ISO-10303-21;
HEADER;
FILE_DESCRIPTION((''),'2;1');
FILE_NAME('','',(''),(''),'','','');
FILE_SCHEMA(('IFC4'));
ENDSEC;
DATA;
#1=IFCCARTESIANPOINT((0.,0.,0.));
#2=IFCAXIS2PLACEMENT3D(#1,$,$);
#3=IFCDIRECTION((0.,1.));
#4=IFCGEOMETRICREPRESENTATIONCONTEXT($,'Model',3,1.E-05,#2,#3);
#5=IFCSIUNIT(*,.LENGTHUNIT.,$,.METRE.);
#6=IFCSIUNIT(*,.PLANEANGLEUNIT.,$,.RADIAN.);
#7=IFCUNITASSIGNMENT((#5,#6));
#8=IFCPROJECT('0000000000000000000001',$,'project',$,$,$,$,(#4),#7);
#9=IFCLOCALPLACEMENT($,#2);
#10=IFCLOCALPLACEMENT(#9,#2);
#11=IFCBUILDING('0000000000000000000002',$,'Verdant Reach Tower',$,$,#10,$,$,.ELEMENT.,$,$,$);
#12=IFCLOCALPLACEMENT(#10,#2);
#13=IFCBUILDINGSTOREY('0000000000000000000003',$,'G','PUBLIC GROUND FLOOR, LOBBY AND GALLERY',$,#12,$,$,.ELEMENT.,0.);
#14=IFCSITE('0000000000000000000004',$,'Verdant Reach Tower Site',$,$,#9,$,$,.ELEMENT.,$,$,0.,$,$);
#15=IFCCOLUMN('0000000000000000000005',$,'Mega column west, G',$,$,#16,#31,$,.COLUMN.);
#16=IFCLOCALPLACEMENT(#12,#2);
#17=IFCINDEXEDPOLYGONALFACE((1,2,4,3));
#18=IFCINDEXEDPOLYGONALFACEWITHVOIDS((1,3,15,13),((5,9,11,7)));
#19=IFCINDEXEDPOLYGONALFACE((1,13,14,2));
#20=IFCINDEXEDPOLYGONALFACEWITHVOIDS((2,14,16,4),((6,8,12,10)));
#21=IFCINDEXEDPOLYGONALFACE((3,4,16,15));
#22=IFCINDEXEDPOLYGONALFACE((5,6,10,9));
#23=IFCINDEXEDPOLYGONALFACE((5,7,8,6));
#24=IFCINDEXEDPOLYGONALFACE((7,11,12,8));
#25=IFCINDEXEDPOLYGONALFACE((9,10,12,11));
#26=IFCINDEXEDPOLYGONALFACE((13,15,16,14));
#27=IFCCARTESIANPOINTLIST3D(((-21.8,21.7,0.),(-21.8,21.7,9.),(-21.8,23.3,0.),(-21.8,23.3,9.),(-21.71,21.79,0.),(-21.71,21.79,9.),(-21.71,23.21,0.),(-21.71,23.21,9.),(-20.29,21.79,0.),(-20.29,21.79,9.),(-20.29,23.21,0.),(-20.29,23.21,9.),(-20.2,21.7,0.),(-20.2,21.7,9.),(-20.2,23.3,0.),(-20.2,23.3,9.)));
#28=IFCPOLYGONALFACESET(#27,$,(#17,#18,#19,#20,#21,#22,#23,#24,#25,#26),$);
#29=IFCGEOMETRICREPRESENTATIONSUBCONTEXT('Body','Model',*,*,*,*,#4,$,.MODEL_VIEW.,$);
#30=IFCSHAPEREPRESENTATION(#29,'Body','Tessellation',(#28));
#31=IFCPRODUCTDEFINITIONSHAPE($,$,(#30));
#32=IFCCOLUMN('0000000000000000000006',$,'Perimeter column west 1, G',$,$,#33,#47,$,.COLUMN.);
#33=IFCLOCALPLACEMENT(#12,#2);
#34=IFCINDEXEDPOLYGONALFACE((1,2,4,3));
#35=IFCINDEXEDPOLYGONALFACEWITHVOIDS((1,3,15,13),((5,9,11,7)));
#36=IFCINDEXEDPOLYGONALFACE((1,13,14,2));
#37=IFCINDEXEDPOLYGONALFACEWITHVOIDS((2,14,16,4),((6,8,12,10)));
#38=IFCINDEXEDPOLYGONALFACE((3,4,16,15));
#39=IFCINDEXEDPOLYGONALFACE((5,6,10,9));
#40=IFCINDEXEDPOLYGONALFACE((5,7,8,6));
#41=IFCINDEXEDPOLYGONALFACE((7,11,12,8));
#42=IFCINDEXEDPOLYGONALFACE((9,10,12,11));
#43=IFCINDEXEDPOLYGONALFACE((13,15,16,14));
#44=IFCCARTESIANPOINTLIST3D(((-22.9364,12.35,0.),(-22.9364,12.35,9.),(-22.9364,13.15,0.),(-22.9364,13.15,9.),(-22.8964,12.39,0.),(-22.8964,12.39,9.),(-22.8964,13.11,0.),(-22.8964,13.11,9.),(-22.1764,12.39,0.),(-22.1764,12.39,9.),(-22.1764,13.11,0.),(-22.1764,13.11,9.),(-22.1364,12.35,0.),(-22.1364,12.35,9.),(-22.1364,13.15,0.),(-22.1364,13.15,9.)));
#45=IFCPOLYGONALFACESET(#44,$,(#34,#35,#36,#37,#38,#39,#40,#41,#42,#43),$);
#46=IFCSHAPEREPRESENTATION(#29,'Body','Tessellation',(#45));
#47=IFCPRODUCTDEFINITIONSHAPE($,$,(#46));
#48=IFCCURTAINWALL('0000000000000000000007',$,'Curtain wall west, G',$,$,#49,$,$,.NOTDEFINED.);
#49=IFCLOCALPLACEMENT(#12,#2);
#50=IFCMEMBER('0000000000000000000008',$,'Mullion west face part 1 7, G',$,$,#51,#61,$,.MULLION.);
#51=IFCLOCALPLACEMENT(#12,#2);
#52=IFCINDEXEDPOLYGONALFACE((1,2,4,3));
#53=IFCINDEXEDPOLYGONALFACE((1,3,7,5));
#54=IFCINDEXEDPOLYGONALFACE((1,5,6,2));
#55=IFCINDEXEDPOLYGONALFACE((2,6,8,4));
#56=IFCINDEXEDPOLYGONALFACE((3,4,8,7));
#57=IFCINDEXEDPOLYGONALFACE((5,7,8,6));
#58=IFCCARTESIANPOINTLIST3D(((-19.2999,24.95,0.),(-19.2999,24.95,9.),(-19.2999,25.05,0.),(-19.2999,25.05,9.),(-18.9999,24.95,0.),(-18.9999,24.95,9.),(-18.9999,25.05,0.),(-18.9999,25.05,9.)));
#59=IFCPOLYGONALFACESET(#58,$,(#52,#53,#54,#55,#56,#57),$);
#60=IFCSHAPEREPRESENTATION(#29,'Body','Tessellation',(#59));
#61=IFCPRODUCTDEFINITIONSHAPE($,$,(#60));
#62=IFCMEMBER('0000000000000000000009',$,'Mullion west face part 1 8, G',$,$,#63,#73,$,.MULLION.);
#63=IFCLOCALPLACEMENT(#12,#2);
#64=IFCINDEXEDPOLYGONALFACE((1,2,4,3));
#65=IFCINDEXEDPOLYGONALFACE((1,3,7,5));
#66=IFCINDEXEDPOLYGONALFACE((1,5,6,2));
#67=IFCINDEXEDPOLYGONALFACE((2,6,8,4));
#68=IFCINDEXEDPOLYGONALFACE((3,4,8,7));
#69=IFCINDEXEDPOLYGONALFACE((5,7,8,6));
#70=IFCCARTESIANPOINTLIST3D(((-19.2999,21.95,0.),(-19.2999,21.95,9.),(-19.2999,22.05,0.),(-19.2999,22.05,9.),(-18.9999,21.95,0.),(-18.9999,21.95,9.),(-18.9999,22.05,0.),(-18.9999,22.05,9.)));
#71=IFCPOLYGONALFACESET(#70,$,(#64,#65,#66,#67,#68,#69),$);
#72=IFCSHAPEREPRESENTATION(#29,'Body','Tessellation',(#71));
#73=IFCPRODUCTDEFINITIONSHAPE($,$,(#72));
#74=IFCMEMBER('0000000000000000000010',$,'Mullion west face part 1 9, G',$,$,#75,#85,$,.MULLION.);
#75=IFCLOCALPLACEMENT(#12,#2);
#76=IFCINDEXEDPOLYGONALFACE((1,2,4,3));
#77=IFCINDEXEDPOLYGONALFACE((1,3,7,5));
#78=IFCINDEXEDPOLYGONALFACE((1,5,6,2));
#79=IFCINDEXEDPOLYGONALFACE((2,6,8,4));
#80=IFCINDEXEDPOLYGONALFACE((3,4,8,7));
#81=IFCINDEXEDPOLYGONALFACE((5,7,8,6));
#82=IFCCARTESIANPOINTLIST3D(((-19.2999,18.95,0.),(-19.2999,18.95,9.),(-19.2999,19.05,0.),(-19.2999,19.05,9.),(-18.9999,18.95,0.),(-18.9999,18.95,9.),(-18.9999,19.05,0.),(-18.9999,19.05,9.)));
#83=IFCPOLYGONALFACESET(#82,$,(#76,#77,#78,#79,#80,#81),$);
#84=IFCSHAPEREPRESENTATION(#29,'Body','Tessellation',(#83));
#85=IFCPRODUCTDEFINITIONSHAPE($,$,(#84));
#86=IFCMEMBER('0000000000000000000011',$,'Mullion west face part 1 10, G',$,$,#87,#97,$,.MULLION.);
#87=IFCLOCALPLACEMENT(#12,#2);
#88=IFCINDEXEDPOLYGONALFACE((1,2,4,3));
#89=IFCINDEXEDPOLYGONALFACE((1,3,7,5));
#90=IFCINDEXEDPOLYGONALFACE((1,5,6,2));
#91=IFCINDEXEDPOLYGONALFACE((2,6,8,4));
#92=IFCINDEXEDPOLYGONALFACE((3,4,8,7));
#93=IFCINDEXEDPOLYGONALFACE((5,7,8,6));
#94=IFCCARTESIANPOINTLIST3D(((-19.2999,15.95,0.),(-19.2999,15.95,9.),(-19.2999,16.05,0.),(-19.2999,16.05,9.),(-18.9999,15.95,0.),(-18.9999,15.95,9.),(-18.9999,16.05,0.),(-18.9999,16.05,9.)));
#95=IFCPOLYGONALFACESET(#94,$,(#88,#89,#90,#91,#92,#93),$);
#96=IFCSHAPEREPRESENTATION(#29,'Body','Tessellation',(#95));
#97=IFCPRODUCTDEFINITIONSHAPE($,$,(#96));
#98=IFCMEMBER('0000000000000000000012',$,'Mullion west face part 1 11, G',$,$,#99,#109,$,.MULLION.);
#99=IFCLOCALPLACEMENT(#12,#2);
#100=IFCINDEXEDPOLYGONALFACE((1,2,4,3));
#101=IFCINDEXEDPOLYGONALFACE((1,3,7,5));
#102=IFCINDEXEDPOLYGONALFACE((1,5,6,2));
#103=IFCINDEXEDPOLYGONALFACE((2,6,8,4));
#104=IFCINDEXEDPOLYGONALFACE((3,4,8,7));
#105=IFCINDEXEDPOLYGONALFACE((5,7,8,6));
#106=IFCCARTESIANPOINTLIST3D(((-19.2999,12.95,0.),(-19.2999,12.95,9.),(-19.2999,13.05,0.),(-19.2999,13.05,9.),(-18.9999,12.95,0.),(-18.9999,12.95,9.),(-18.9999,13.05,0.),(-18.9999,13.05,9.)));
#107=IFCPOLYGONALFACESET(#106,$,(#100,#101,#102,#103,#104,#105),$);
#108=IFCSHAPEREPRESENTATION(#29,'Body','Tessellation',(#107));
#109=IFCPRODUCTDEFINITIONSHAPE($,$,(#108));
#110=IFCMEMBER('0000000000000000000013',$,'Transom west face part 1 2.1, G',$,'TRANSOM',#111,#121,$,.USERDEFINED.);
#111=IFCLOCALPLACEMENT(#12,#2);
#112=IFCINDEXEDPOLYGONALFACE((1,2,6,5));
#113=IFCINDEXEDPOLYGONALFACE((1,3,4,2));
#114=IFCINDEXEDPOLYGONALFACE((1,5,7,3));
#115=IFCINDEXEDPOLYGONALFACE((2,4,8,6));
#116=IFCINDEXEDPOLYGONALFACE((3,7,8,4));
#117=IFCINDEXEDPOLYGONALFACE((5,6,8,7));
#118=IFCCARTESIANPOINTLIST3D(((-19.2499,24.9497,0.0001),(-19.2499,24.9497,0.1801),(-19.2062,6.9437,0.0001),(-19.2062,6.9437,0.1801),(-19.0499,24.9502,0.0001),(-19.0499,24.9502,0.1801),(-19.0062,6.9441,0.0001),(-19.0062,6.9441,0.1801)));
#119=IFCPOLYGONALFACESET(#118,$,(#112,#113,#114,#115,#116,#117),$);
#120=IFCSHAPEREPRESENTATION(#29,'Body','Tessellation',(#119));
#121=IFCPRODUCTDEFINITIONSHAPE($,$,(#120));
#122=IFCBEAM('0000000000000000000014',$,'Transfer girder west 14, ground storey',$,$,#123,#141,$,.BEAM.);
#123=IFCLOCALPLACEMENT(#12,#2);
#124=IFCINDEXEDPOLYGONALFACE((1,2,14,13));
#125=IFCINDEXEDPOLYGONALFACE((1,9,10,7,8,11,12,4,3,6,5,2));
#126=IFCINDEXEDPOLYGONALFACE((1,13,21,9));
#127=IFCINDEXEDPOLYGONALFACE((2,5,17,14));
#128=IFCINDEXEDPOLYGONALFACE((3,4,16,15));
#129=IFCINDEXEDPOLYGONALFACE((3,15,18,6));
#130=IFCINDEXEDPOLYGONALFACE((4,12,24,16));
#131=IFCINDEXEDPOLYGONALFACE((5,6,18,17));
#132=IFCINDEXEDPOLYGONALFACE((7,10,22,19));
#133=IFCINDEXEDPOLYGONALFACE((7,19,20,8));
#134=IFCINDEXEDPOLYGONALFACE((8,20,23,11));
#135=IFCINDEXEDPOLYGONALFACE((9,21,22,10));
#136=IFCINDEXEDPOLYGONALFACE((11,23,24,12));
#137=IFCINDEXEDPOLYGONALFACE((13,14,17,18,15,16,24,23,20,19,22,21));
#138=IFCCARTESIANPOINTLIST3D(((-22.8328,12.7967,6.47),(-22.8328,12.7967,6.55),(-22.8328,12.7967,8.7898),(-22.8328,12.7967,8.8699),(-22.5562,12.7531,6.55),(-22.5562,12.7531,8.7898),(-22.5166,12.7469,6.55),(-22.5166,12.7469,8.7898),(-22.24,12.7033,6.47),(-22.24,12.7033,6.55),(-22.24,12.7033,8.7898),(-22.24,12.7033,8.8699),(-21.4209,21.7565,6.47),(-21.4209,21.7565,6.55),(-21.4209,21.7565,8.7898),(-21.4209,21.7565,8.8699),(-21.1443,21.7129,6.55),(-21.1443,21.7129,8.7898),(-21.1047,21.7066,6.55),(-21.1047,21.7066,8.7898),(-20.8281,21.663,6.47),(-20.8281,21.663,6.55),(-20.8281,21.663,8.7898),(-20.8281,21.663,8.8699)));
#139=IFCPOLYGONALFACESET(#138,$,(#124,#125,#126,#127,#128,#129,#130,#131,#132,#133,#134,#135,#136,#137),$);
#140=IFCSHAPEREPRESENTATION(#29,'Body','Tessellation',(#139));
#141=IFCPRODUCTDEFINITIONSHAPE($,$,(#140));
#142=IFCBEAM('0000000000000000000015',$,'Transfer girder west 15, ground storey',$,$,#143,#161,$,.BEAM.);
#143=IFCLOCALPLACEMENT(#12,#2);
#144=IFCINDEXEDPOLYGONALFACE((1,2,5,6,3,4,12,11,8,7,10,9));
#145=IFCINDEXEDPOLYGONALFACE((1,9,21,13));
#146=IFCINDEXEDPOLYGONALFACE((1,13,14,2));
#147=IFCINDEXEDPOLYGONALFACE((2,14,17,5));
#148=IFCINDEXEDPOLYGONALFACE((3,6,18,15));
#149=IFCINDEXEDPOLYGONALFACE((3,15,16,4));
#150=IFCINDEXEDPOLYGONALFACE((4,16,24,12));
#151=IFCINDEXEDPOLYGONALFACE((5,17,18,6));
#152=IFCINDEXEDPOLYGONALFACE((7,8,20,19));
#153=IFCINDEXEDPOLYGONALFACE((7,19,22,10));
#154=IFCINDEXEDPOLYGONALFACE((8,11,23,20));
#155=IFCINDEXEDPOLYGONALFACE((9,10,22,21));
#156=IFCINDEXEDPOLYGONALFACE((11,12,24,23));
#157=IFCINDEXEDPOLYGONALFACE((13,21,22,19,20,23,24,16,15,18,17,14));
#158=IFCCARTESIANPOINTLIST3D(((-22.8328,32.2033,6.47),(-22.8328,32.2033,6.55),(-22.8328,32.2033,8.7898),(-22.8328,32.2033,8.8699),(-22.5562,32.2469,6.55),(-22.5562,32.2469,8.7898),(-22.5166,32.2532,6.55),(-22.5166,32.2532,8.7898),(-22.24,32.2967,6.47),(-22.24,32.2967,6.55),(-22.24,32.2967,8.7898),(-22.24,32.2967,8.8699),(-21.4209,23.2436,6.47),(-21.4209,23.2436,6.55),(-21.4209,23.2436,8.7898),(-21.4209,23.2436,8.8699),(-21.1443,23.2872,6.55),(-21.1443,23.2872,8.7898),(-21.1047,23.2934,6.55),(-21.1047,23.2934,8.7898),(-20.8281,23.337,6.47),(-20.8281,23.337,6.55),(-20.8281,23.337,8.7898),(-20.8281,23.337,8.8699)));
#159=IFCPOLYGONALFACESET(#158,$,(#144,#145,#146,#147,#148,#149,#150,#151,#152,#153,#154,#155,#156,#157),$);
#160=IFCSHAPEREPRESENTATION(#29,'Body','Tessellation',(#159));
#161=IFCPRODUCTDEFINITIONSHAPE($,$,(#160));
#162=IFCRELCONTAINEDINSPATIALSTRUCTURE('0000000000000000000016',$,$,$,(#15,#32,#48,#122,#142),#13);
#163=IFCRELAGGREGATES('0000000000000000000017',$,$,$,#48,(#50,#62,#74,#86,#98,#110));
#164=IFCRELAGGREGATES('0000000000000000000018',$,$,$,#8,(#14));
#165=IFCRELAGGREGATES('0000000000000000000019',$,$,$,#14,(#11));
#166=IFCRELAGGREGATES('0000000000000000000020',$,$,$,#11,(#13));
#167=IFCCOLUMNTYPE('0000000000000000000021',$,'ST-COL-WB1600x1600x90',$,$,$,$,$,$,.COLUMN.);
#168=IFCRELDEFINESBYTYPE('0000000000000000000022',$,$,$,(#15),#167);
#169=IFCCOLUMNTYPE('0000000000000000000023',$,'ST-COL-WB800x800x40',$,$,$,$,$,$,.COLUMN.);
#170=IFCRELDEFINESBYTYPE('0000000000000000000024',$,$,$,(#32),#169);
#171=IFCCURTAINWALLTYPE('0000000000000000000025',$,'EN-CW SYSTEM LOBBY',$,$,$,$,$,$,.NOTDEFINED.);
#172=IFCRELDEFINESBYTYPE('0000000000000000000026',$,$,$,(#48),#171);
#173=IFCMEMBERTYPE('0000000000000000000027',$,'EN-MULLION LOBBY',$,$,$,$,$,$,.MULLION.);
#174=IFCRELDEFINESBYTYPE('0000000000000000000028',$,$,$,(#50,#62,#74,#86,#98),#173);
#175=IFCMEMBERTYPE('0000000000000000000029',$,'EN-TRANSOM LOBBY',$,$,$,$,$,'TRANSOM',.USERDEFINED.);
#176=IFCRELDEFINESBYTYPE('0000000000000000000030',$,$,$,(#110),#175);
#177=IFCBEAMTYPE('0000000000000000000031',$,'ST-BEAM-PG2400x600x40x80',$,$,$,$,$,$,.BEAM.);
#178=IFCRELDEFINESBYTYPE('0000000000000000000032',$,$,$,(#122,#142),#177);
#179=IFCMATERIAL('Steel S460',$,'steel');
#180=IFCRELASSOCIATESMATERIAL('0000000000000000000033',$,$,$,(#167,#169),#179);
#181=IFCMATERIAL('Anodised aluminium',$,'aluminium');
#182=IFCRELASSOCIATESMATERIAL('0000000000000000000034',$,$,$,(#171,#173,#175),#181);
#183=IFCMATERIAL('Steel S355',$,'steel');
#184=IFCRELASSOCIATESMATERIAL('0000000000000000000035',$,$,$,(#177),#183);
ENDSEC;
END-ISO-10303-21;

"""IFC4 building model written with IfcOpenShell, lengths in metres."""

from ifc_helpers import new_model, si_unit, direction, frame, origin, origin_2d, place, context, subcontext, project, spatial, rectangle, hollow_rectangle, i_section, extrude, material, material_profile, profile_set, type_object, element, aggregate, save


model = new_model("IFC4")

# Units and contexts
model_context = context("Model", 3, precision=1e-05, world=origin(), true_north=direction((0.0, 1.0)))
body_context = subcontext(model_context, "Body", "Model", "MODEL_VIEW")
ifc_project = project(units=[si_unit("LENGTHUNIT", "METRE"), si_unit("PLANEANGLEUNIT", "RADIAN")], contexts=[model_context])

# Site, building, storey
site_placement = place(None, origin())
site = spatial("IfcSite", under=ifc_project, at=site_placement, Name="Verdant Reach Tower Site", CompositionType="ELEMENT", RefElevation=0.0)
building_placement = place(site_placement, origin())
building = spatial("IfcBuilding", under=site, at=building_placement, Name="Verdant Reach Tower", CompositionType="ELEMENT")
storey_placement = place(building_placement, origin())
storey = spatial("IfcBuildingStorey", under=building, at=storey_placement, Name="G", Description="PUBLIC GROUND FLOOR, LOBBY AND GALLERY", CompositionType="ELEMENT", Elevation=0.0)

# Columns
ifc_material_1 = material(Name="Steel S460", Category="steel")
ifc_material_profile_1 = material_profile(ifc_material_1, hollow_rectangle(XDim=1.6001, YDim=1.6001, WallThickness=0.0901, at=origin_2d()), Name="WB 1600x1600x90")
ifc_profile_set_1 = profile_set([ifc_material_profile_1], Name="Steel S460")
column_type_1 = type_object("IfcColumnType", Name="ST-COL-WB1600x1600x90", PredefinedType="COLUMN", material=ifc_profile_set_1)
column_1_placement = place(storey_placement, frame((-21.0, 22.5, 0.0), z_axis=(0.0, 0.0, 1.0), x_axis=(1.0, 0.0, 0.0)))
element("IfcColumn", 1, at=column_1_placement, inside=storey, type_object=column_type_1, Name="Mega column west, G", PredefinedType="COLUMN", context=body_context, shape_type="SweptSolid", body=[
    extrude(hollow_rectangle(XDim=1.6001, YDim=1.6001, WallThickness=0.0901, at=origin_2d()), origin(), (0.0, 0.0, 1.0), 9.0),
])
ifc_material_profile_2 = material_profile(ifc_material_1, hollow_rectangle(XDim=0.8, YDim=0.8, WallThickness=0.04, at=origin_2d()), Name="WB 800x800x40")
ifc_profile_set_2 = profile_set([ifc_material_profile_2], Name="Steel S460")
column_type_2 = type_object("IfcColumnType", Name="ST-COL-WB800x800x40", PredefinedType="COLUMN", material=ifc_profile_set_2)
column_2_placement = place(storey_placement, frame((-22.5364, 12.75, 0.0), z_axis=(0.0, 0.0, 1.0), x_axis=(1.0, 0.0, 0.0)))
element("IfcColumn", 2, at=column_2_placement, inside=storey, type_object=column_type_2, Name="Perimeter column west 1, G", PredefinedType="COLUMN", context=body_context, shape_type="SweptSolid", body=[
    extrude(hollow_rectangle(XDim=0.8, YDim=0.8, WallThickness=0.04, at=origin_2d()), origin(), (0.0, 0.0, 1.0), 9.0),
])

# Curtain wall, members
ifc_material_2 = material(Name="Anodised aluminium", Category="aluminium")
curtain_wall_type = type_object("IfcCurtainWallType", Name="EN-CW SYSTEM LOBBY", PredefinedType="NOTDEFINED", material=ifc_material_2)
curtain_wall_placement = place(storey_placement, origin())
curtain_wall = element("IfcCurtainWall", 3, at=curtain_wall_placement, inside=storey, type_object=curtain_wall_type, Name="Curtain wall west, G", PredefinedType="NOTDEFINED")
ifc_material_profile_3 = material_profile(ifc_material_2, rectangle(XDim=0.3, YDim=0.1001, at=origin_2d()), Name="Mullion 100x300")
ifc_profile_set_3 = profile_set([ifc_material_profile_3], Name="Anodised aluminium")
member_type_1 = type_object("IfcMemberType", Name="EN-MULLION LOBBY", PredefinedType="MULLION", material=ifc_profile_set_3)
member_1_placement = place(storey_placement, frame((-19.1499, 25.0, 0.0), z_axis=(0.0, 0.0, 1.0), x_axis=(-1.0, 0.0, 0.0)))
member_1 = element("IfcMember", 4, at=member_1_placement, type_object=member_type_1, Name="Mullion west face part 1 7, G", PredefinedType="MULLION", context=body_context, shape_type="SweptSolid", body=[
    extrude(rectangle(XDim=0.3, YDim=0.1001, at=origin_2d()), origin(), (0.0, 0.0, 1.0), 9.0),
])
member_2_placement = place(storey_placement, frame((-19.1499, 22.0, 0.0), z_axis=(0.0, 0.0, 1.0), x_axis=(-1.0, 0.0, 0.0)))
member_2 = element("IfcMember", 5, at=member_2_placement, type_object=member_type_1, Name="Mullion west face part 1 8, G", PredefinedType="MULLION", context=body_context, shape_type="SweptSolid", body=[
    extrude(rectangle(XDim=0.3, YDim=0.1001, at=origin_2d()), origin(), (0.0, 0.0, 1.0), 9.0),
])
member_3_placement = place(storey_placement, frame((-19.1499, 19.0, 0.0), z_axis=(0.0, 0.0, 1.0), x_axis=(-1.0, 0.0, 0.0)))
member_3 = element("IfcMember", 6, at=member_3_placement, type_object=member_type_1, Name="Mullion west face part 1 9, G", PredefinedType="MULLION", context=body_context, shape_type="SweptSolid", body=[
    extrude(rectangle(XDim=0.3, YDim=0.1001, at=origin_2d()), origin(), (0.0, 0.0, 1.0), 9.0),
])
member_4_placement = place(storey_placement, frame((-19.1499, 16.0, 0.0), z_axis=(0.0, 0.0, 1.0), x_axis=(-1.0, 0.0, 0.0)))
member_4 = element("IfcMember", 7, at=member_4_placement, type_object=member_type_1, Name="Mullion west face part 1 10, G", PredefinedType="MULLION", context=body_context, shape_type="SweptSolid", body=[
    extrude(rectangle(XDim=0.3, YDim=0.1001, at=origin_2d()), origin(), (0.0, 0.0, 1.0), 9.0),
])
member_5_placement = place(storey_placement, frame((-19.1499, 13.0, 0.0), z_axis=(0.0, 0.0, 1.0), x_axis=(-1.0, 0.0, 0.0)))
member_5 = element("IfcMember", 8, at=member_5_placement, type_object=member_type_1, Name="Mullion west face part 1 11, G", PredefinedType="MULLION", context=body_context, shape_type="SweptSolid", body=[
    extrude(rectangle(XDim=0.3, YDim=0.1001, at=origin_2d()), origin(), (0.0, 0.0, 1.0), 9.0),
])
ifc_material_profile_4 = material_profile(ifc_material_2, rectangle(XDim=0.2, YDim=0.1799, at=origin_2d()), Name="Transom 180x200")
ifc_profile_set_4 = profile_set([ifc_material_profile_4], Name="Anodised aluminium")
member_type_2 = type_object("IfcMemberType", Name="EN-TRANSOM LOBBY", ElementType="TRANSOM", PredefinedType="USERDEFINED", material=ifc_profile_set_4)
member_6_placement = place(storey_placement, frame((-19.1499, 24.95, 0.0901), z_axis=(0.002427, -0.999997, 0.0), x_axis=(0.999997, 0.002427, 0.0)))
member_6 = element("IfcMember", 9, at=member_6_placement, type_object=member_type_2, Name="Transom west face part 1 2.1, G", ObjectType="TRANSOM", PredefinedType="USERDEFINED", context=body_context, shape_type="SweptSolid", body=[
    extrude(rectangle(XDim=0.2, YDim=0.1799, at=origin_2d()), origin(), (0.0, 0.0, 1.0), 18.0061),
])

# Beams
ifc_material_3 = material(Name="Steel S355", Category="steel")
ifc_material_profile_5 = material_profile(ifc_material_3, i_section(OverallWidth=0.6001, OverallDepth=2.3999, WebThickness=0.04, FlangeThickness=0.0801, at=origin_2d()), Name="PG 2400x600x40x80")
ifc_profile_set_5 = profile_set([ifc_material_profile_5], Name="Steel S355")
beam_type_1 = type_object("IfcBeamType", Name="ST-BEAM-PG2400x600x40x80", PredefinedType="BEAM", material=ifc_profile_set_5)
for number, where, z_axis, x_axis, name in (
    (10, (-22.5364, 12.75, 7.6699), (0.155658, 0.987811, 0.0), (-0.987811, 0.155658, 0.0), "Transfer girder west 14, ground storey"),
    (11, (-21.1245, 23.2903, 7.6699), (-0.155658, 0.987811, 0.0), (-0.987811, -0.155658, 0.0), "Transfer girder west 15, ground storey"),
):
    element("IfcBeam", number, at=place(storey_placement, frame(where, z_axis=z_axis, x_axis=x_axis)), inside=storey, type_object=beam_type_1, Name=name, PredefinedType="BEAM", context=body_context, shape_type="SweptSolid", body=[
        extrude(i_section(OverallWidth=0.6001, OverallDepth=2.3999, WebThickness=0.04, FlangeThickness=0.0801, at=origin_2d()), origin(), (0.0, 0.0, 1.0), 9.0703),
    ])

aggregate(curtain_wall, [member_1, member_2, member_3, member_4, member_5, member_6])

save(model, "model.ifc")
